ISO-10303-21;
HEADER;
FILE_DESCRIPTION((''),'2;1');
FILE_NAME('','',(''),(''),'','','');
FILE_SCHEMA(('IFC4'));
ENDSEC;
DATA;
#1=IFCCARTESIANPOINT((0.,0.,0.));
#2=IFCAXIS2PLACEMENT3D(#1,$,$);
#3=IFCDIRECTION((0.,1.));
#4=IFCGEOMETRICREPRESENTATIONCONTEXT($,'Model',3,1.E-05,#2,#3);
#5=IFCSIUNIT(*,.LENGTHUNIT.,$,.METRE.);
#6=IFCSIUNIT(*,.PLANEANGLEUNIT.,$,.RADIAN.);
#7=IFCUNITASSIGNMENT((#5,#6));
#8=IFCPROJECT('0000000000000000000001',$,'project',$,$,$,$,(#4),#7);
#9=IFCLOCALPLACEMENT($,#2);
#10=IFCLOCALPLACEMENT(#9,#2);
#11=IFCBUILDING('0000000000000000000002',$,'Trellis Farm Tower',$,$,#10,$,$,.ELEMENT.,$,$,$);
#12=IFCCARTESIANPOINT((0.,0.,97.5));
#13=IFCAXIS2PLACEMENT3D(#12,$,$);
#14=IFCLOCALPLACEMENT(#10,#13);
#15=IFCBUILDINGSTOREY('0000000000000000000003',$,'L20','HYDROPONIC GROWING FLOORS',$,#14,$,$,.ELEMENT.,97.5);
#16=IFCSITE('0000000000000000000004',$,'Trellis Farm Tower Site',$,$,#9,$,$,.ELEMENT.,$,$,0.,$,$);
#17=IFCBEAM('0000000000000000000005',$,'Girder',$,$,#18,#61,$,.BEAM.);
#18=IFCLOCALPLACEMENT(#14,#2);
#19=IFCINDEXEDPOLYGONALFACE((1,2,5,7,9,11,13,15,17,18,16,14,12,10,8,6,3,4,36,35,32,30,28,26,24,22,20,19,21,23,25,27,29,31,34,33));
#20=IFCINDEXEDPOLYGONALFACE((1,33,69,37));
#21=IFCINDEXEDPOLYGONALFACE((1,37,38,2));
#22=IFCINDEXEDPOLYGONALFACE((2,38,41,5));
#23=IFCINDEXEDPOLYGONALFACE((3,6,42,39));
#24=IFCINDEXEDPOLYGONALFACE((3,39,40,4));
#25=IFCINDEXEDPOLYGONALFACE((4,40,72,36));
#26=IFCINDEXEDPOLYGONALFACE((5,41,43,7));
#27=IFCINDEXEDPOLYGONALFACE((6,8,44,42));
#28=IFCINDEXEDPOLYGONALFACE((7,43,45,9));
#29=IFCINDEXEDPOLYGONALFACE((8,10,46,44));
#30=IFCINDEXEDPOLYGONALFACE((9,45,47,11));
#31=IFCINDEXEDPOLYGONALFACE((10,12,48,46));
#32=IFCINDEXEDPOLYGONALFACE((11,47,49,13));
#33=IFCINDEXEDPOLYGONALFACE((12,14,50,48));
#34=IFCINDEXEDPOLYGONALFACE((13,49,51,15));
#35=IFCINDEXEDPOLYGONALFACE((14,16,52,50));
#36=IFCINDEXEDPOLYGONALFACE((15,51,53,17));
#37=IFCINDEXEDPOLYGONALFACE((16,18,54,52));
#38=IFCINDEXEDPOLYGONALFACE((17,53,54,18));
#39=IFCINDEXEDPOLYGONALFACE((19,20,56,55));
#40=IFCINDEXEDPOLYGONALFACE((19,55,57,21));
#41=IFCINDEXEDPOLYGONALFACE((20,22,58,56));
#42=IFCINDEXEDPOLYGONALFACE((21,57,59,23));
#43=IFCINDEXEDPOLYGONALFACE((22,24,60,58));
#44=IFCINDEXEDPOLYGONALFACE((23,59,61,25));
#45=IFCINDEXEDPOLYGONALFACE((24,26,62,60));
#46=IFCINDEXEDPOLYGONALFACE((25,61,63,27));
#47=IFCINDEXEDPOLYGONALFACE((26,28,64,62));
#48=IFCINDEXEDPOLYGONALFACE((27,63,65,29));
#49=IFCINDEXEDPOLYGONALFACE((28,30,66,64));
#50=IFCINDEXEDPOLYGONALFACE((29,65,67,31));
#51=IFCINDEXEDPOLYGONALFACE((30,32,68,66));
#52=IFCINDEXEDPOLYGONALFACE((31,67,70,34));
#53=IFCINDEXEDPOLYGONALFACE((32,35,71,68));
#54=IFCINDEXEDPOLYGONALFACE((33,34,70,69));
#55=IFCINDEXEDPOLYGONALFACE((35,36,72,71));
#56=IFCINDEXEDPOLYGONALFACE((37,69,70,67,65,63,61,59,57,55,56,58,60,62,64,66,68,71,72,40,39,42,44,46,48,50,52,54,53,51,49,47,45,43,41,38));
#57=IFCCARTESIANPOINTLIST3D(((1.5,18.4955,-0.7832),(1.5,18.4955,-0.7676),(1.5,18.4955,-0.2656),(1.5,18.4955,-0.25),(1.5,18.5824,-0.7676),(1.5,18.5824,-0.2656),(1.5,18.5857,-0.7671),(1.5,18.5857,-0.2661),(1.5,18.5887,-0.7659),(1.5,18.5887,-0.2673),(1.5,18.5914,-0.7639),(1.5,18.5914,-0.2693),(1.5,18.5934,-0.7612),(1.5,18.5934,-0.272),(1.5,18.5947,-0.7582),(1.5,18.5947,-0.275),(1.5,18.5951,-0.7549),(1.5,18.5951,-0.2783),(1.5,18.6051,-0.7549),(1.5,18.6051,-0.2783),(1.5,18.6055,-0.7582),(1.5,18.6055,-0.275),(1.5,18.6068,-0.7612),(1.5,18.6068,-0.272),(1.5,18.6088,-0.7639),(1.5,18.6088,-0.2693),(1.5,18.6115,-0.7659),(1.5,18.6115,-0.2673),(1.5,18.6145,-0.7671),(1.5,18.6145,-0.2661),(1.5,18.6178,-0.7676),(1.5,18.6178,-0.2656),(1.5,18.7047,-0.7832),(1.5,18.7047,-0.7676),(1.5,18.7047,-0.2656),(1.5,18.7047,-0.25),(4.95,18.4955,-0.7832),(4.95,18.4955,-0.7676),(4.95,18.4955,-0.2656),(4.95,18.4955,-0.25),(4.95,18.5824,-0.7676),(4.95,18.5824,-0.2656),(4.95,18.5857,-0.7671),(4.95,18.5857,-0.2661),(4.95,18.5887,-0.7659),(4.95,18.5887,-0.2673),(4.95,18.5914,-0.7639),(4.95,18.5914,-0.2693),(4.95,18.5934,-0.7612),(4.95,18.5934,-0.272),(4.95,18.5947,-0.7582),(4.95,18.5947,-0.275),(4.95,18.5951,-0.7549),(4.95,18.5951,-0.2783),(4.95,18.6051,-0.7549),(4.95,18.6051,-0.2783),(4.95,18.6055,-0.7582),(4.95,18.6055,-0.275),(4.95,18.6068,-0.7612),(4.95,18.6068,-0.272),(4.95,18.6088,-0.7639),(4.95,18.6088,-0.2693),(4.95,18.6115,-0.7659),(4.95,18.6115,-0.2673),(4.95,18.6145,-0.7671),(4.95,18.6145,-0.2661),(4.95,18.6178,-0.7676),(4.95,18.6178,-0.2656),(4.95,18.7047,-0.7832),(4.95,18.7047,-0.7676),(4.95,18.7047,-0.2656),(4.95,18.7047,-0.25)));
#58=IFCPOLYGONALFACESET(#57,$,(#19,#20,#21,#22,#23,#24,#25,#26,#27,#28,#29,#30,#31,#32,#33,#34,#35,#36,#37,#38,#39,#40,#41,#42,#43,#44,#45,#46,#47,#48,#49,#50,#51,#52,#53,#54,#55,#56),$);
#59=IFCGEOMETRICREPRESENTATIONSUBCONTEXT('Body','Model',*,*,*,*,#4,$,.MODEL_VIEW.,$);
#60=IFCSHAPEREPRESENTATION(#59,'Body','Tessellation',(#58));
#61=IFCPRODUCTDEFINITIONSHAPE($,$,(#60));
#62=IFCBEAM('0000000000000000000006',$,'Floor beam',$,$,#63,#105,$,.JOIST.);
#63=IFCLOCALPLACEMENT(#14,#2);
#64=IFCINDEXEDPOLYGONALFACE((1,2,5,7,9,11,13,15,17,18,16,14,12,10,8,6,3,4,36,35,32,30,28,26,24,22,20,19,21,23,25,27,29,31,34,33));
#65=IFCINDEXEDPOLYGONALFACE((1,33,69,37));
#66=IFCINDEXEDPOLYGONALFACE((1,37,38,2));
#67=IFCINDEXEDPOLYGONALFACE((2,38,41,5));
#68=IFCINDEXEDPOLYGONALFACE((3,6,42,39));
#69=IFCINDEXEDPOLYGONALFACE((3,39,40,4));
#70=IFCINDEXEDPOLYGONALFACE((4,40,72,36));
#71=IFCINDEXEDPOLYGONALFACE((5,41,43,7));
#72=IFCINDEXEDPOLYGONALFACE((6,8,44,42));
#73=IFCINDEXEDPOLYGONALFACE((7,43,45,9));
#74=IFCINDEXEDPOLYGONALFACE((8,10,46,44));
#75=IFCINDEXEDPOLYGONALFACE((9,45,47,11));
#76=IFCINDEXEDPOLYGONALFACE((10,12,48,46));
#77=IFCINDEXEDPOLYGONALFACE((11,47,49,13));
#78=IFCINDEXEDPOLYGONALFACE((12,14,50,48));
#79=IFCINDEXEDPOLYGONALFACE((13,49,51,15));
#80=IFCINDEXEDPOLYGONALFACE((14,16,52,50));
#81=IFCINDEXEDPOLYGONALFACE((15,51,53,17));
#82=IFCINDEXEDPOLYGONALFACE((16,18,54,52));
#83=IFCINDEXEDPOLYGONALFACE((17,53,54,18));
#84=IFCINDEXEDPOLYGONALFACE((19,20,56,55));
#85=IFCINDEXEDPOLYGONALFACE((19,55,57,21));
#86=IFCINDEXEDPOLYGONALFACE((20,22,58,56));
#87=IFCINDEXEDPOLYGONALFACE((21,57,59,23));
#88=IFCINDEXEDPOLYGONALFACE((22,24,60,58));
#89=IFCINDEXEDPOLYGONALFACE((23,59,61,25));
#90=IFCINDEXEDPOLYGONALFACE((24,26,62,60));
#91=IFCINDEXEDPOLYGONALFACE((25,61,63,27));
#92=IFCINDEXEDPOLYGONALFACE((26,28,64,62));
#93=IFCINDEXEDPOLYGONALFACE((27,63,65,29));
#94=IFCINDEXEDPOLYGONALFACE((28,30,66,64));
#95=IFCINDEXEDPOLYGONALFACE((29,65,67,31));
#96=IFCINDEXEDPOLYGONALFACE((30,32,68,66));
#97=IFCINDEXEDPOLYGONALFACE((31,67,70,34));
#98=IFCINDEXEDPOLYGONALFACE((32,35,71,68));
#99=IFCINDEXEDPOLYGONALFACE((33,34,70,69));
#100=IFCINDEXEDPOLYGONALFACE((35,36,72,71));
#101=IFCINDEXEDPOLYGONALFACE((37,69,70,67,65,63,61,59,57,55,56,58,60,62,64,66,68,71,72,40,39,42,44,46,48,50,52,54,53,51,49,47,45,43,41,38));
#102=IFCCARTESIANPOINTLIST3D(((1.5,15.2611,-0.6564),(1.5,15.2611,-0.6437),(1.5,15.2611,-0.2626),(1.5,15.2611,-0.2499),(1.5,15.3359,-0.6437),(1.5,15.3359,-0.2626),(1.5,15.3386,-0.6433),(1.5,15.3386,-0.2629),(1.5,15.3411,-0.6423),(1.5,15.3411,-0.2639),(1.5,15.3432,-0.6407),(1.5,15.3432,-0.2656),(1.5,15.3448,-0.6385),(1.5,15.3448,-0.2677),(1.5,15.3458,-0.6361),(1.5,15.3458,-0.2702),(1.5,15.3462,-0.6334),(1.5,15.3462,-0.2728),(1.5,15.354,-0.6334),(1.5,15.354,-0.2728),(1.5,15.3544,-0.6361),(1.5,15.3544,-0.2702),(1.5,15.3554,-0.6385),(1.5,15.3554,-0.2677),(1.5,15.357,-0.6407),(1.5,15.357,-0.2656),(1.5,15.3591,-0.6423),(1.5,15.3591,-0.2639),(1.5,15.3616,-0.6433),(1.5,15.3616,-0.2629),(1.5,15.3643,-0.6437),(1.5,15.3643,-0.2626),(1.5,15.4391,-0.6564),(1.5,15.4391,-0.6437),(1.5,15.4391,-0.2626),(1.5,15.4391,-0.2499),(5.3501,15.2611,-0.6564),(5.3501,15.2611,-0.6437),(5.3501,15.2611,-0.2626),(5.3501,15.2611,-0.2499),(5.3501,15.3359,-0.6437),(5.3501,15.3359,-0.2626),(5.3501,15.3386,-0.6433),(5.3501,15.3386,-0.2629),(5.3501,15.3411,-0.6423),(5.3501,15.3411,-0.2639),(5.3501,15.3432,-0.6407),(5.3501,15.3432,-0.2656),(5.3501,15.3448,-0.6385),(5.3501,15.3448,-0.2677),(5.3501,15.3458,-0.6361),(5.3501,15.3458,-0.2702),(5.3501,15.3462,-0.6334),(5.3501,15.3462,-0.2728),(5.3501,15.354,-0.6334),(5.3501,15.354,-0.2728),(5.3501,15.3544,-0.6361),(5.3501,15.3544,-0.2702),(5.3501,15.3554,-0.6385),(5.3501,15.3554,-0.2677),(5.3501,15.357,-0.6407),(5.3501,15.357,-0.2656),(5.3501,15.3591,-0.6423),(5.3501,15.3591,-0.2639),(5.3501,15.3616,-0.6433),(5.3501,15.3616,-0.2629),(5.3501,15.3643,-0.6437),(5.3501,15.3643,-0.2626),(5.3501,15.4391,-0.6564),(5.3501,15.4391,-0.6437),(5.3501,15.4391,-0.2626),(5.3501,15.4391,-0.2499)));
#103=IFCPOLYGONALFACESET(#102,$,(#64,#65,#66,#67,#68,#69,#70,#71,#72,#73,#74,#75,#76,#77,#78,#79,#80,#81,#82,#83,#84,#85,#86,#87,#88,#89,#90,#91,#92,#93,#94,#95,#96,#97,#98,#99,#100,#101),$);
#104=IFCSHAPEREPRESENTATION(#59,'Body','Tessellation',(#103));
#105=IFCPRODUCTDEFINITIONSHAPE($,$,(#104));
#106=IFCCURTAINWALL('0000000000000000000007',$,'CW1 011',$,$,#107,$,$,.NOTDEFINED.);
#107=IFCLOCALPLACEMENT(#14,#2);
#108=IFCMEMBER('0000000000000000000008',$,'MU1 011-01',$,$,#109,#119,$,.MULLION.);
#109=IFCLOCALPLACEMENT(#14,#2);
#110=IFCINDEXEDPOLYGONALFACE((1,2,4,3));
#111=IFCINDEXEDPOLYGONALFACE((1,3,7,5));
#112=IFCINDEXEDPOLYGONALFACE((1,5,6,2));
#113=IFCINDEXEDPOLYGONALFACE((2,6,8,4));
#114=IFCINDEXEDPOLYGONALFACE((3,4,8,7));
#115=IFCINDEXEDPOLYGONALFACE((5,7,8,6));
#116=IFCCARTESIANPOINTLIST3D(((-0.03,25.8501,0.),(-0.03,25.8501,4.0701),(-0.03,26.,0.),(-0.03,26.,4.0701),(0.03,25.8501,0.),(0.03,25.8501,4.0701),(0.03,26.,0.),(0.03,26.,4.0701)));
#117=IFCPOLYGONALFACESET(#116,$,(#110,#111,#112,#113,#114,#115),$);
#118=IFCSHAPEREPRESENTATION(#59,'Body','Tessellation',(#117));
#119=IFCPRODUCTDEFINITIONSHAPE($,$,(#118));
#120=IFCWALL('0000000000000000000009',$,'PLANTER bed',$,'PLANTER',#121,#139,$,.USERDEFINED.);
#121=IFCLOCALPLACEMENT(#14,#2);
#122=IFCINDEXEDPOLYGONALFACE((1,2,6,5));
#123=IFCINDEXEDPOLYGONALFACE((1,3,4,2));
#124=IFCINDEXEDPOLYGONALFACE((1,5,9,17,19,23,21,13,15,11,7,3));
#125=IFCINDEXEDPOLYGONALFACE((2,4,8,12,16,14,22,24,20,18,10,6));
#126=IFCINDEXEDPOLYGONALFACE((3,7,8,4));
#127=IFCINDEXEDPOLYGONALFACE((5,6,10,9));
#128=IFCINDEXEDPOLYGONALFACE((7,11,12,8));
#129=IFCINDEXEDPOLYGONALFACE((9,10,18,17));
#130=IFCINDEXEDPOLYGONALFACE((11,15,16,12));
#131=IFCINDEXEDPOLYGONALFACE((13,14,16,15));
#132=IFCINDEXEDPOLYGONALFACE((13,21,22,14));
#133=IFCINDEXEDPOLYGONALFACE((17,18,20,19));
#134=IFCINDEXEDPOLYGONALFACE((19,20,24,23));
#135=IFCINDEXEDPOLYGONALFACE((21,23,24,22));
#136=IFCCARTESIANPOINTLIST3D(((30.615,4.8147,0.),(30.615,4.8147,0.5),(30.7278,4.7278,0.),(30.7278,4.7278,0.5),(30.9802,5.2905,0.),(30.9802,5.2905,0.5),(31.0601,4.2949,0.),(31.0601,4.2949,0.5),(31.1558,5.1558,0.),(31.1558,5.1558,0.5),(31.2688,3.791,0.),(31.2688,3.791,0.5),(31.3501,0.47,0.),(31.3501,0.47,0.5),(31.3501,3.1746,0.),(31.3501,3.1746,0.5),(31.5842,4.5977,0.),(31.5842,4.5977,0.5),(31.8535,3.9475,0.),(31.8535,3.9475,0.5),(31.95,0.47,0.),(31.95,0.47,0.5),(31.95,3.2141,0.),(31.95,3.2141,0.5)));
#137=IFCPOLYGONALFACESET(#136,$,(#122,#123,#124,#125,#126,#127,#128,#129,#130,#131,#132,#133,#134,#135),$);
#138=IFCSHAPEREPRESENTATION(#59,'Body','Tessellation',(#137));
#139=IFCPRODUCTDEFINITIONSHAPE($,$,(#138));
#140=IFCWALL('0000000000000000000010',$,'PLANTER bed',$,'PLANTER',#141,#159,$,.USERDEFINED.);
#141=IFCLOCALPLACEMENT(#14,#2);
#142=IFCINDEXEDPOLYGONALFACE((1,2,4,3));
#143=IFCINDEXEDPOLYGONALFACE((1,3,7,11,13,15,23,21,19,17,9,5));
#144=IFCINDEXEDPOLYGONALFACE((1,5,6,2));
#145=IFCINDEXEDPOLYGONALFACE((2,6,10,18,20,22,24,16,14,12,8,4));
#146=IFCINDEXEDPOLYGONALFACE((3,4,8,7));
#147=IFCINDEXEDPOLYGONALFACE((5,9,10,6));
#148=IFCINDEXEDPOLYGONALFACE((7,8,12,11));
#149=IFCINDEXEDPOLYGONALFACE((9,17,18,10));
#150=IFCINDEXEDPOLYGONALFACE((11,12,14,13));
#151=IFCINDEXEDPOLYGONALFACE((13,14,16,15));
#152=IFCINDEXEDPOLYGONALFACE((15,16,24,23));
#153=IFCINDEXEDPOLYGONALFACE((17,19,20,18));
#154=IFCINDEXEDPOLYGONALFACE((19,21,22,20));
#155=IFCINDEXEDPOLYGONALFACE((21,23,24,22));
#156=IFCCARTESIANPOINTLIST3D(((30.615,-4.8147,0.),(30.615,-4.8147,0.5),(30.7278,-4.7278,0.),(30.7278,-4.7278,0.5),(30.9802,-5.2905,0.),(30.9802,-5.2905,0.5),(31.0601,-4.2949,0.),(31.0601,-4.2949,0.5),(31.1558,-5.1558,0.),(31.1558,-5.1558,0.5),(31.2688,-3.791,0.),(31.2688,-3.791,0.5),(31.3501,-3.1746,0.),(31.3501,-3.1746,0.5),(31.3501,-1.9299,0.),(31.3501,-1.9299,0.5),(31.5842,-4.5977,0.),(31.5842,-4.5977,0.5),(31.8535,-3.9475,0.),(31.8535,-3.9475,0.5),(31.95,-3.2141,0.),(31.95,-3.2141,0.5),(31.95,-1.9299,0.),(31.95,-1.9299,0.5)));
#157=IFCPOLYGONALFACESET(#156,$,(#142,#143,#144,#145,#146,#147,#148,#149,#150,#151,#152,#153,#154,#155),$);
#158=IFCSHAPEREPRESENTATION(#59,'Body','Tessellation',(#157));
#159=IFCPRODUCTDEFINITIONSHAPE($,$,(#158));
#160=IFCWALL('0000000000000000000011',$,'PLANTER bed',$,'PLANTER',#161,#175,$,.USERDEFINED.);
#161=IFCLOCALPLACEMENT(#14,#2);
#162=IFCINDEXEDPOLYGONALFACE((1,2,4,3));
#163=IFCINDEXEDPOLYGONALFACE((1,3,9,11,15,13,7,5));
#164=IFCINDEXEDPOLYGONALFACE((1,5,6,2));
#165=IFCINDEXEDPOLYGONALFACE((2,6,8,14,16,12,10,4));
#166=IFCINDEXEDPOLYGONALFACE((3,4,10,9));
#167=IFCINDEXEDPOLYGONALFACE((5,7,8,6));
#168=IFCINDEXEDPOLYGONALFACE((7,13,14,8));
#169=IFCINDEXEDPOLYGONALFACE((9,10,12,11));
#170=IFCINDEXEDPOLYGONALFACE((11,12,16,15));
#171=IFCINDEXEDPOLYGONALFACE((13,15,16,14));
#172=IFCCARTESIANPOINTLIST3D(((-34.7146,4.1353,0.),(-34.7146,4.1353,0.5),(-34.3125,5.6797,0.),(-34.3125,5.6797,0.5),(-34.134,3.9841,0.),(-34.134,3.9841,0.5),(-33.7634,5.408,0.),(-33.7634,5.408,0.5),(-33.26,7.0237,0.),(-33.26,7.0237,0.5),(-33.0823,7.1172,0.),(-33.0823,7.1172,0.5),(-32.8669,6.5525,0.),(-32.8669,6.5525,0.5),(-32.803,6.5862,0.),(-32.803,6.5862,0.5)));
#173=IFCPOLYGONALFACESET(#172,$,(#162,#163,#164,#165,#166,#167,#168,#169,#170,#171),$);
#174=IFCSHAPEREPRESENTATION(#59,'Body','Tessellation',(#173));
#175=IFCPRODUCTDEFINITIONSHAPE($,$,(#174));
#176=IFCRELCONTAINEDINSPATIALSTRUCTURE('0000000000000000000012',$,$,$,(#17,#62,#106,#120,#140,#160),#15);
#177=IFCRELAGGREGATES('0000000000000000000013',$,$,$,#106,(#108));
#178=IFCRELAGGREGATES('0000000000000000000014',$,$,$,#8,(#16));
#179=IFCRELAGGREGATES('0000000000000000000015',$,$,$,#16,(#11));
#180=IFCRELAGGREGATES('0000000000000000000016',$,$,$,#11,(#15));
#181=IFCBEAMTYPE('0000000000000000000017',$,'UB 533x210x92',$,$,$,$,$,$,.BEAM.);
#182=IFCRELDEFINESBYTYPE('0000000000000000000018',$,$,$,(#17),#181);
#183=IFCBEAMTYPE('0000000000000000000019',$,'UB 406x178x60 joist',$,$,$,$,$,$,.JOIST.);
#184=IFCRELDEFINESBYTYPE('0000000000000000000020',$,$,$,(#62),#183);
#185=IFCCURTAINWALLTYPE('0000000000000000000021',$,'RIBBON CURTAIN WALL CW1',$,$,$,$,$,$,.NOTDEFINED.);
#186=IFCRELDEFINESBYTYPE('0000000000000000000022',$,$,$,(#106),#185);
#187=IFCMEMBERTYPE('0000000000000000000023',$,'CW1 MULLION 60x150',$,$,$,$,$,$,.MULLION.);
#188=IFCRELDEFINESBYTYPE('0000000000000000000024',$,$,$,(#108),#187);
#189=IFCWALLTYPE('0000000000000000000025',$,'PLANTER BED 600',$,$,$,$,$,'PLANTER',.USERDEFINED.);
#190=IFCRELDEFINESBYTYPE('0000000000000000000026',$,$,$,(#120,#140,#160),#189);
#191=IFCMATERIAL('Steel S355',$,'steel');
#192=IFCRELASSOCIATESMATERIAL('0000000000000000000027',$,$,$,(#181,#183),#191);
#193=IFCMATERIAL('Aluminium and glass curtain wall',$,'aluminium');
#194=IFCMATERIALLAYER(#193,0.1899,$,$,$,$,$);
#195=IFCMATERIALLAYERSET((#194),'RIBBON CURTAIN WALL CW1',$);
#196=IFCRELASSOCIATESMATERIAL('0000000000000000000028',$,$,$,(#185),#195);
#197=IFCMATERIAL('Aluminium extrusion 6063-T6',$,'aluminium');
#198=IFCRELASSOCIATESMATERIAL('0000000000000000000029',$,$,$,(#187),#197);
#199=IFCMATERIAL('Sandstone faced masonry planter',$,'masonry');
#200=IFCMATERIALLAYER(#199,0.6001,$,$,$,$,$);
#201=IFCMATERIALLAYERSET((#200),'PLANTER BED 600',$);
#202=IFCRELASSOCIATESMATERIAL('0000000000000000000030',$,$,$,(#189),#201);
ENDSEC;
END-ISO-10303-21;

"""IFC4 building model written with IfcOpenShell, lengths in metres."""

from ifc_helpers import new_model, si_unit, direction, frame, origin, origin_2d, place, context, subcontext, project, spatial, polyline, rectangle, i_section, outline, extrude, source, transform, mapped, material, layer, layer_set, material_profile, profile_set, type_object, element, aggregate, save


model = new_model("IFC4")

# Units and contexts
model_context = context("Model", 3, precision=1e-05, world=origin(), true_north=direction((0.0, 1.0)))
body_context = subcontext(model_context, "Body", "Model", "MODEL_VIEW")
ifc_project = project(units=[si_unit("LENGTHUNIT", "METRE"), si_unit("PLANEANGLEUNIT", "RADIAN")], contexts=[model_context])

# Site, building, storey
site_placement = place(None, origin())
site = spatial("IfcSite", under=ifc_project, at=site_placement, Name="Trellis Farm Tower Site", CompositionType="ELEMENT", RefElevation=0.0)
building_placement = place(site_placement, origin())
building = spatial("IfcBuilding", under=site, at=building_placement, Name="Trellis Farm Tower", CompositionType="ELEMENT")
storey_placement = place(building_placement, frame((0.0, 0.0, 97.5)))
storey = spatial("IfcBuildingStorey", under=building, at=storey_placement, Name="L20", Description="HYDROPONIC GROWING FLOORS", CompositionType="ELEMENT", Elevation=97.5)

# Beams
ifc_material_1 = material(Name="Steel S355", Category="steel")
ifc_material_profile_1 = material_profile(ifc_material_1, i_section(OverallWidth=0.2092, OverallDepth=0.5332, WebThickness=0.01, FlangeThickness=0.0156, FilletRadius=0.0127, at=origin_2d()), Name="UB 533x210x92")
ifc_profile_set_1 = profile_set([ifc_material_profile_1], Name="Steel S355")
beam_type_1 = type_object("IfcBeamType", Name="UB 533x210x92", PredefinedType="BEAM", material=ifc_profile_set_1)
shared_shape_1 = source(origin(), body_context, "Body", "SweptSolid", [
    extrude(i_section(OverallWidth=0.2092, OverallDepth=0.5332, WebThickness=0.01, FlangeThickness=0.0156, FilletRadius=0.0127, at=origin_2d()), origin(), (0.0, 0.0, 1.0), 3.45),
])
beam_1_placement = place(storey_placement, frame((1.5, 18.6001, -0.5166), z_axis=(1.0, 0.0, 0.0), x_axis=(0.0, 1.0, 0.0)))
element("IfcBeam", 1, at=beam_1_placement, inside=storey, type_object=beam_type_1, Name="Girder", PredefinedType="BEAM", context=body_context, shape_type="MappedRepresentation", body=[
    mapped(shared_shape_1, transform((0.0, 0.0, 0.0))),
])
ifc_material_profile_2 = material_profile(ifc_material_1, i_section(OverallWidth=0.178, OverallDepth=0.4065, WebThickness=0.0078, FlangeThickness=0.0127, FilletRadius=0.0103, at=origin_2d()), Name="UB 406x178x60")
ifc_profile_set_2 = profile_set([ifc_material_profile_2], Name="Steel S355")
beam_type_2 = type_object("IfcBeamType", Name="UB 406x178x60 joist", PredefinedType="JOIST", material=ifc_profile_set_2)
shared_shape_2 = source(origin(), body_context, "Body", "SweptSolid", [
    extrude(i_section(OverallWidth=0.178, OverallDepth=0.4065, WebThickness=0.0078, FlangeThickness=0.0127, FilletRadius=0.0103, at=origin_2d()), origin(), (0.0, 0.0, 1.0), 3.8501),
])
beam_2_placement = place(storey_placement, frame((1.5, 15.3501, -0.4531), z_axis=(1.0, 0.0, 0.0), x_axis=(0.0, 1.0, 0.0)))
element("IfcBeam", 2, at=beam_2_placement, inside=storey, type_object=beam_type_2, Name="Floor beam", PredefinedType="JOIST", context=body_context, shape_type="MappedRepresentation", body=[
    mapped(shared_shape_2, transform((0.0, 0.0, 0.0))),
])

# Curtain wall, member
ifc_material_2 = material(Name="Aluminium and glass curtain wall", Category="aluminium")
ifc_layer_1 = layer(ifc_material_2, 0.1899)
ifc_layer_set_1 = layer_set([ifc_layer_1], Name="RIBBON CURTAIN WALL CW1")
curtain_wall_type = type_object("IfcCurtainWallType", Name="RIBBON CURTAIN WALL CW1", PredefinedType="NOTDEFINED", material=ifc_layer_set_1)
placement = place(storey_placement, origin())
curtain_wall = element("IfcCurtainWall", 3, at=placement, inside=storey, type_object=curtain_wall_type, Name="CW1 011", PredefinedType="NOTDEFINED")
ifc_material_3 = material(Name="Aluminium extrusion 6063-T6", Category="aluminium")
ifc_material_profile_3 = material_profile(ifc_material_3, rectangle(XDim=0.0601, YDim=0.1499, at=origin_2d()), Name="MULLION 60x150")
ifc_profile_set_3 = profile_set([ifc_material_profile_3], Name="Aluminium extrusion 6063-T6")
member_type = type_object("IfcMemberType", Name="CW1 MULLION 60x150", PredefinedType="MULLION", material=ifc_profile_set_3)
shared_shape_3 = source(origin(), body_context, "Body", "SweptSolid", [
    extrude(rectangle(XDim=0.0601, YDim=0.1499, at=origin_2d()), origin(), (0.0, 0.0, 1.0), 4.0701),
])
member_placement = place(storey_placement, frame((0.0, 25.925, 0.0), z_axis=(0.0, 0.0, 1.0), x_axis=(-1.0, 0.0, 0.0)))
member = element("IfcMember", 4, at=member_placement, type_object=member_type, Name="MU1 011-01", PredefinedType="MULLION", context=body_context, shape_type="MappedRepresentation", body=[
    mapped(shared_shape_3, transform((0.0, 0.0, 0.0))),
])
aggregate(curtain_wall, [member])

# Walls
ifc_material_4 = material(Name="Sandstone faced masonry planter", Category="masonry")
ifc_layer_2 = layer(ifc_material_4, 0.6001)
ifc_layer_set_2 = layer_set([ifc_layer_2], Name="PLANTER BED 600")
wall_type_1 = type_object("IfcWallType", Name="PLANTER BED 600", ElementType="PLANTER", PredefinedType="USERDEFINED", material=ifc_layer_set_2)
element("IfcWall", 5, at=placement, inside=storey, type_object=wall_type_1, Name="PLANTER bed", ObjectType="PLANTER", PredefinedType="USERDEFINED", context=body_context, shape_type="SweptSolid", body=[
    extrude(outline(polyline([(31.1558, 5.1558), (31.5842, 4.5977), (31.8535, 3.9475), (31.95, 3.2141), (31.95, 0.47), (31.3501, 0.47), (31.3501, 3.1746), (31.2688, 3.791), (31.0601, 4.2949), (30.7278, 4.7278), (30.615, 4.8147), (30.9802, 5.2905), (31.1558, 5.1558)])), origin(), (0.0, 0.0, 1.0), 0.5),
])
element("IfcWall", 6, at=placement, inside=storey, type_object=wall_type_1, Name="PLANTER bed", ObjectType="PLANTER", PredefinedType="USERDEFINED", context=body_context, shape_type="SweptSolid", body=[
    extrude(outline(polyline([(31.8535, -3.9475), (31.5842, -4.5977), (31.1558, -5.1558), (30.9802, -5.2905), (30.615, -4.8147), (30.7278, -4.7278), (31.0601, -4.2949), (31.2688, -3.791), (31.3501, -3.1746), (31.3501, -1.9299), (31.95, -1.9299), (31.95, -3.2141), (31.8535, -3.9475)])), origin(), (0.0, 0.0, 1.0), 0.5),
])
element("IfcWall", 7, at=placement, inside=storey, type_object=wall_type_1, Name="PLANTER bed", ObjectType="PLANTER", PredefinedType="USERDEFINED", context=body_context, shape_type="SweptSolid", body=[
    extrude(outline(polyline([(-33.26, 7.0237), (-33.0823, 7.1172), (-32.803, 6.5862), (-32.8669, 6.5525), (-33.7634, 5.408), (-34.134, 3.9841), (-34.7146, 4.1353), (-34.3125, 5.6797), (-33.26, 7.0237)])), origin(), (0.0, 0.0, 1.0), 0.5),
])

save(model, "model.ifc")
